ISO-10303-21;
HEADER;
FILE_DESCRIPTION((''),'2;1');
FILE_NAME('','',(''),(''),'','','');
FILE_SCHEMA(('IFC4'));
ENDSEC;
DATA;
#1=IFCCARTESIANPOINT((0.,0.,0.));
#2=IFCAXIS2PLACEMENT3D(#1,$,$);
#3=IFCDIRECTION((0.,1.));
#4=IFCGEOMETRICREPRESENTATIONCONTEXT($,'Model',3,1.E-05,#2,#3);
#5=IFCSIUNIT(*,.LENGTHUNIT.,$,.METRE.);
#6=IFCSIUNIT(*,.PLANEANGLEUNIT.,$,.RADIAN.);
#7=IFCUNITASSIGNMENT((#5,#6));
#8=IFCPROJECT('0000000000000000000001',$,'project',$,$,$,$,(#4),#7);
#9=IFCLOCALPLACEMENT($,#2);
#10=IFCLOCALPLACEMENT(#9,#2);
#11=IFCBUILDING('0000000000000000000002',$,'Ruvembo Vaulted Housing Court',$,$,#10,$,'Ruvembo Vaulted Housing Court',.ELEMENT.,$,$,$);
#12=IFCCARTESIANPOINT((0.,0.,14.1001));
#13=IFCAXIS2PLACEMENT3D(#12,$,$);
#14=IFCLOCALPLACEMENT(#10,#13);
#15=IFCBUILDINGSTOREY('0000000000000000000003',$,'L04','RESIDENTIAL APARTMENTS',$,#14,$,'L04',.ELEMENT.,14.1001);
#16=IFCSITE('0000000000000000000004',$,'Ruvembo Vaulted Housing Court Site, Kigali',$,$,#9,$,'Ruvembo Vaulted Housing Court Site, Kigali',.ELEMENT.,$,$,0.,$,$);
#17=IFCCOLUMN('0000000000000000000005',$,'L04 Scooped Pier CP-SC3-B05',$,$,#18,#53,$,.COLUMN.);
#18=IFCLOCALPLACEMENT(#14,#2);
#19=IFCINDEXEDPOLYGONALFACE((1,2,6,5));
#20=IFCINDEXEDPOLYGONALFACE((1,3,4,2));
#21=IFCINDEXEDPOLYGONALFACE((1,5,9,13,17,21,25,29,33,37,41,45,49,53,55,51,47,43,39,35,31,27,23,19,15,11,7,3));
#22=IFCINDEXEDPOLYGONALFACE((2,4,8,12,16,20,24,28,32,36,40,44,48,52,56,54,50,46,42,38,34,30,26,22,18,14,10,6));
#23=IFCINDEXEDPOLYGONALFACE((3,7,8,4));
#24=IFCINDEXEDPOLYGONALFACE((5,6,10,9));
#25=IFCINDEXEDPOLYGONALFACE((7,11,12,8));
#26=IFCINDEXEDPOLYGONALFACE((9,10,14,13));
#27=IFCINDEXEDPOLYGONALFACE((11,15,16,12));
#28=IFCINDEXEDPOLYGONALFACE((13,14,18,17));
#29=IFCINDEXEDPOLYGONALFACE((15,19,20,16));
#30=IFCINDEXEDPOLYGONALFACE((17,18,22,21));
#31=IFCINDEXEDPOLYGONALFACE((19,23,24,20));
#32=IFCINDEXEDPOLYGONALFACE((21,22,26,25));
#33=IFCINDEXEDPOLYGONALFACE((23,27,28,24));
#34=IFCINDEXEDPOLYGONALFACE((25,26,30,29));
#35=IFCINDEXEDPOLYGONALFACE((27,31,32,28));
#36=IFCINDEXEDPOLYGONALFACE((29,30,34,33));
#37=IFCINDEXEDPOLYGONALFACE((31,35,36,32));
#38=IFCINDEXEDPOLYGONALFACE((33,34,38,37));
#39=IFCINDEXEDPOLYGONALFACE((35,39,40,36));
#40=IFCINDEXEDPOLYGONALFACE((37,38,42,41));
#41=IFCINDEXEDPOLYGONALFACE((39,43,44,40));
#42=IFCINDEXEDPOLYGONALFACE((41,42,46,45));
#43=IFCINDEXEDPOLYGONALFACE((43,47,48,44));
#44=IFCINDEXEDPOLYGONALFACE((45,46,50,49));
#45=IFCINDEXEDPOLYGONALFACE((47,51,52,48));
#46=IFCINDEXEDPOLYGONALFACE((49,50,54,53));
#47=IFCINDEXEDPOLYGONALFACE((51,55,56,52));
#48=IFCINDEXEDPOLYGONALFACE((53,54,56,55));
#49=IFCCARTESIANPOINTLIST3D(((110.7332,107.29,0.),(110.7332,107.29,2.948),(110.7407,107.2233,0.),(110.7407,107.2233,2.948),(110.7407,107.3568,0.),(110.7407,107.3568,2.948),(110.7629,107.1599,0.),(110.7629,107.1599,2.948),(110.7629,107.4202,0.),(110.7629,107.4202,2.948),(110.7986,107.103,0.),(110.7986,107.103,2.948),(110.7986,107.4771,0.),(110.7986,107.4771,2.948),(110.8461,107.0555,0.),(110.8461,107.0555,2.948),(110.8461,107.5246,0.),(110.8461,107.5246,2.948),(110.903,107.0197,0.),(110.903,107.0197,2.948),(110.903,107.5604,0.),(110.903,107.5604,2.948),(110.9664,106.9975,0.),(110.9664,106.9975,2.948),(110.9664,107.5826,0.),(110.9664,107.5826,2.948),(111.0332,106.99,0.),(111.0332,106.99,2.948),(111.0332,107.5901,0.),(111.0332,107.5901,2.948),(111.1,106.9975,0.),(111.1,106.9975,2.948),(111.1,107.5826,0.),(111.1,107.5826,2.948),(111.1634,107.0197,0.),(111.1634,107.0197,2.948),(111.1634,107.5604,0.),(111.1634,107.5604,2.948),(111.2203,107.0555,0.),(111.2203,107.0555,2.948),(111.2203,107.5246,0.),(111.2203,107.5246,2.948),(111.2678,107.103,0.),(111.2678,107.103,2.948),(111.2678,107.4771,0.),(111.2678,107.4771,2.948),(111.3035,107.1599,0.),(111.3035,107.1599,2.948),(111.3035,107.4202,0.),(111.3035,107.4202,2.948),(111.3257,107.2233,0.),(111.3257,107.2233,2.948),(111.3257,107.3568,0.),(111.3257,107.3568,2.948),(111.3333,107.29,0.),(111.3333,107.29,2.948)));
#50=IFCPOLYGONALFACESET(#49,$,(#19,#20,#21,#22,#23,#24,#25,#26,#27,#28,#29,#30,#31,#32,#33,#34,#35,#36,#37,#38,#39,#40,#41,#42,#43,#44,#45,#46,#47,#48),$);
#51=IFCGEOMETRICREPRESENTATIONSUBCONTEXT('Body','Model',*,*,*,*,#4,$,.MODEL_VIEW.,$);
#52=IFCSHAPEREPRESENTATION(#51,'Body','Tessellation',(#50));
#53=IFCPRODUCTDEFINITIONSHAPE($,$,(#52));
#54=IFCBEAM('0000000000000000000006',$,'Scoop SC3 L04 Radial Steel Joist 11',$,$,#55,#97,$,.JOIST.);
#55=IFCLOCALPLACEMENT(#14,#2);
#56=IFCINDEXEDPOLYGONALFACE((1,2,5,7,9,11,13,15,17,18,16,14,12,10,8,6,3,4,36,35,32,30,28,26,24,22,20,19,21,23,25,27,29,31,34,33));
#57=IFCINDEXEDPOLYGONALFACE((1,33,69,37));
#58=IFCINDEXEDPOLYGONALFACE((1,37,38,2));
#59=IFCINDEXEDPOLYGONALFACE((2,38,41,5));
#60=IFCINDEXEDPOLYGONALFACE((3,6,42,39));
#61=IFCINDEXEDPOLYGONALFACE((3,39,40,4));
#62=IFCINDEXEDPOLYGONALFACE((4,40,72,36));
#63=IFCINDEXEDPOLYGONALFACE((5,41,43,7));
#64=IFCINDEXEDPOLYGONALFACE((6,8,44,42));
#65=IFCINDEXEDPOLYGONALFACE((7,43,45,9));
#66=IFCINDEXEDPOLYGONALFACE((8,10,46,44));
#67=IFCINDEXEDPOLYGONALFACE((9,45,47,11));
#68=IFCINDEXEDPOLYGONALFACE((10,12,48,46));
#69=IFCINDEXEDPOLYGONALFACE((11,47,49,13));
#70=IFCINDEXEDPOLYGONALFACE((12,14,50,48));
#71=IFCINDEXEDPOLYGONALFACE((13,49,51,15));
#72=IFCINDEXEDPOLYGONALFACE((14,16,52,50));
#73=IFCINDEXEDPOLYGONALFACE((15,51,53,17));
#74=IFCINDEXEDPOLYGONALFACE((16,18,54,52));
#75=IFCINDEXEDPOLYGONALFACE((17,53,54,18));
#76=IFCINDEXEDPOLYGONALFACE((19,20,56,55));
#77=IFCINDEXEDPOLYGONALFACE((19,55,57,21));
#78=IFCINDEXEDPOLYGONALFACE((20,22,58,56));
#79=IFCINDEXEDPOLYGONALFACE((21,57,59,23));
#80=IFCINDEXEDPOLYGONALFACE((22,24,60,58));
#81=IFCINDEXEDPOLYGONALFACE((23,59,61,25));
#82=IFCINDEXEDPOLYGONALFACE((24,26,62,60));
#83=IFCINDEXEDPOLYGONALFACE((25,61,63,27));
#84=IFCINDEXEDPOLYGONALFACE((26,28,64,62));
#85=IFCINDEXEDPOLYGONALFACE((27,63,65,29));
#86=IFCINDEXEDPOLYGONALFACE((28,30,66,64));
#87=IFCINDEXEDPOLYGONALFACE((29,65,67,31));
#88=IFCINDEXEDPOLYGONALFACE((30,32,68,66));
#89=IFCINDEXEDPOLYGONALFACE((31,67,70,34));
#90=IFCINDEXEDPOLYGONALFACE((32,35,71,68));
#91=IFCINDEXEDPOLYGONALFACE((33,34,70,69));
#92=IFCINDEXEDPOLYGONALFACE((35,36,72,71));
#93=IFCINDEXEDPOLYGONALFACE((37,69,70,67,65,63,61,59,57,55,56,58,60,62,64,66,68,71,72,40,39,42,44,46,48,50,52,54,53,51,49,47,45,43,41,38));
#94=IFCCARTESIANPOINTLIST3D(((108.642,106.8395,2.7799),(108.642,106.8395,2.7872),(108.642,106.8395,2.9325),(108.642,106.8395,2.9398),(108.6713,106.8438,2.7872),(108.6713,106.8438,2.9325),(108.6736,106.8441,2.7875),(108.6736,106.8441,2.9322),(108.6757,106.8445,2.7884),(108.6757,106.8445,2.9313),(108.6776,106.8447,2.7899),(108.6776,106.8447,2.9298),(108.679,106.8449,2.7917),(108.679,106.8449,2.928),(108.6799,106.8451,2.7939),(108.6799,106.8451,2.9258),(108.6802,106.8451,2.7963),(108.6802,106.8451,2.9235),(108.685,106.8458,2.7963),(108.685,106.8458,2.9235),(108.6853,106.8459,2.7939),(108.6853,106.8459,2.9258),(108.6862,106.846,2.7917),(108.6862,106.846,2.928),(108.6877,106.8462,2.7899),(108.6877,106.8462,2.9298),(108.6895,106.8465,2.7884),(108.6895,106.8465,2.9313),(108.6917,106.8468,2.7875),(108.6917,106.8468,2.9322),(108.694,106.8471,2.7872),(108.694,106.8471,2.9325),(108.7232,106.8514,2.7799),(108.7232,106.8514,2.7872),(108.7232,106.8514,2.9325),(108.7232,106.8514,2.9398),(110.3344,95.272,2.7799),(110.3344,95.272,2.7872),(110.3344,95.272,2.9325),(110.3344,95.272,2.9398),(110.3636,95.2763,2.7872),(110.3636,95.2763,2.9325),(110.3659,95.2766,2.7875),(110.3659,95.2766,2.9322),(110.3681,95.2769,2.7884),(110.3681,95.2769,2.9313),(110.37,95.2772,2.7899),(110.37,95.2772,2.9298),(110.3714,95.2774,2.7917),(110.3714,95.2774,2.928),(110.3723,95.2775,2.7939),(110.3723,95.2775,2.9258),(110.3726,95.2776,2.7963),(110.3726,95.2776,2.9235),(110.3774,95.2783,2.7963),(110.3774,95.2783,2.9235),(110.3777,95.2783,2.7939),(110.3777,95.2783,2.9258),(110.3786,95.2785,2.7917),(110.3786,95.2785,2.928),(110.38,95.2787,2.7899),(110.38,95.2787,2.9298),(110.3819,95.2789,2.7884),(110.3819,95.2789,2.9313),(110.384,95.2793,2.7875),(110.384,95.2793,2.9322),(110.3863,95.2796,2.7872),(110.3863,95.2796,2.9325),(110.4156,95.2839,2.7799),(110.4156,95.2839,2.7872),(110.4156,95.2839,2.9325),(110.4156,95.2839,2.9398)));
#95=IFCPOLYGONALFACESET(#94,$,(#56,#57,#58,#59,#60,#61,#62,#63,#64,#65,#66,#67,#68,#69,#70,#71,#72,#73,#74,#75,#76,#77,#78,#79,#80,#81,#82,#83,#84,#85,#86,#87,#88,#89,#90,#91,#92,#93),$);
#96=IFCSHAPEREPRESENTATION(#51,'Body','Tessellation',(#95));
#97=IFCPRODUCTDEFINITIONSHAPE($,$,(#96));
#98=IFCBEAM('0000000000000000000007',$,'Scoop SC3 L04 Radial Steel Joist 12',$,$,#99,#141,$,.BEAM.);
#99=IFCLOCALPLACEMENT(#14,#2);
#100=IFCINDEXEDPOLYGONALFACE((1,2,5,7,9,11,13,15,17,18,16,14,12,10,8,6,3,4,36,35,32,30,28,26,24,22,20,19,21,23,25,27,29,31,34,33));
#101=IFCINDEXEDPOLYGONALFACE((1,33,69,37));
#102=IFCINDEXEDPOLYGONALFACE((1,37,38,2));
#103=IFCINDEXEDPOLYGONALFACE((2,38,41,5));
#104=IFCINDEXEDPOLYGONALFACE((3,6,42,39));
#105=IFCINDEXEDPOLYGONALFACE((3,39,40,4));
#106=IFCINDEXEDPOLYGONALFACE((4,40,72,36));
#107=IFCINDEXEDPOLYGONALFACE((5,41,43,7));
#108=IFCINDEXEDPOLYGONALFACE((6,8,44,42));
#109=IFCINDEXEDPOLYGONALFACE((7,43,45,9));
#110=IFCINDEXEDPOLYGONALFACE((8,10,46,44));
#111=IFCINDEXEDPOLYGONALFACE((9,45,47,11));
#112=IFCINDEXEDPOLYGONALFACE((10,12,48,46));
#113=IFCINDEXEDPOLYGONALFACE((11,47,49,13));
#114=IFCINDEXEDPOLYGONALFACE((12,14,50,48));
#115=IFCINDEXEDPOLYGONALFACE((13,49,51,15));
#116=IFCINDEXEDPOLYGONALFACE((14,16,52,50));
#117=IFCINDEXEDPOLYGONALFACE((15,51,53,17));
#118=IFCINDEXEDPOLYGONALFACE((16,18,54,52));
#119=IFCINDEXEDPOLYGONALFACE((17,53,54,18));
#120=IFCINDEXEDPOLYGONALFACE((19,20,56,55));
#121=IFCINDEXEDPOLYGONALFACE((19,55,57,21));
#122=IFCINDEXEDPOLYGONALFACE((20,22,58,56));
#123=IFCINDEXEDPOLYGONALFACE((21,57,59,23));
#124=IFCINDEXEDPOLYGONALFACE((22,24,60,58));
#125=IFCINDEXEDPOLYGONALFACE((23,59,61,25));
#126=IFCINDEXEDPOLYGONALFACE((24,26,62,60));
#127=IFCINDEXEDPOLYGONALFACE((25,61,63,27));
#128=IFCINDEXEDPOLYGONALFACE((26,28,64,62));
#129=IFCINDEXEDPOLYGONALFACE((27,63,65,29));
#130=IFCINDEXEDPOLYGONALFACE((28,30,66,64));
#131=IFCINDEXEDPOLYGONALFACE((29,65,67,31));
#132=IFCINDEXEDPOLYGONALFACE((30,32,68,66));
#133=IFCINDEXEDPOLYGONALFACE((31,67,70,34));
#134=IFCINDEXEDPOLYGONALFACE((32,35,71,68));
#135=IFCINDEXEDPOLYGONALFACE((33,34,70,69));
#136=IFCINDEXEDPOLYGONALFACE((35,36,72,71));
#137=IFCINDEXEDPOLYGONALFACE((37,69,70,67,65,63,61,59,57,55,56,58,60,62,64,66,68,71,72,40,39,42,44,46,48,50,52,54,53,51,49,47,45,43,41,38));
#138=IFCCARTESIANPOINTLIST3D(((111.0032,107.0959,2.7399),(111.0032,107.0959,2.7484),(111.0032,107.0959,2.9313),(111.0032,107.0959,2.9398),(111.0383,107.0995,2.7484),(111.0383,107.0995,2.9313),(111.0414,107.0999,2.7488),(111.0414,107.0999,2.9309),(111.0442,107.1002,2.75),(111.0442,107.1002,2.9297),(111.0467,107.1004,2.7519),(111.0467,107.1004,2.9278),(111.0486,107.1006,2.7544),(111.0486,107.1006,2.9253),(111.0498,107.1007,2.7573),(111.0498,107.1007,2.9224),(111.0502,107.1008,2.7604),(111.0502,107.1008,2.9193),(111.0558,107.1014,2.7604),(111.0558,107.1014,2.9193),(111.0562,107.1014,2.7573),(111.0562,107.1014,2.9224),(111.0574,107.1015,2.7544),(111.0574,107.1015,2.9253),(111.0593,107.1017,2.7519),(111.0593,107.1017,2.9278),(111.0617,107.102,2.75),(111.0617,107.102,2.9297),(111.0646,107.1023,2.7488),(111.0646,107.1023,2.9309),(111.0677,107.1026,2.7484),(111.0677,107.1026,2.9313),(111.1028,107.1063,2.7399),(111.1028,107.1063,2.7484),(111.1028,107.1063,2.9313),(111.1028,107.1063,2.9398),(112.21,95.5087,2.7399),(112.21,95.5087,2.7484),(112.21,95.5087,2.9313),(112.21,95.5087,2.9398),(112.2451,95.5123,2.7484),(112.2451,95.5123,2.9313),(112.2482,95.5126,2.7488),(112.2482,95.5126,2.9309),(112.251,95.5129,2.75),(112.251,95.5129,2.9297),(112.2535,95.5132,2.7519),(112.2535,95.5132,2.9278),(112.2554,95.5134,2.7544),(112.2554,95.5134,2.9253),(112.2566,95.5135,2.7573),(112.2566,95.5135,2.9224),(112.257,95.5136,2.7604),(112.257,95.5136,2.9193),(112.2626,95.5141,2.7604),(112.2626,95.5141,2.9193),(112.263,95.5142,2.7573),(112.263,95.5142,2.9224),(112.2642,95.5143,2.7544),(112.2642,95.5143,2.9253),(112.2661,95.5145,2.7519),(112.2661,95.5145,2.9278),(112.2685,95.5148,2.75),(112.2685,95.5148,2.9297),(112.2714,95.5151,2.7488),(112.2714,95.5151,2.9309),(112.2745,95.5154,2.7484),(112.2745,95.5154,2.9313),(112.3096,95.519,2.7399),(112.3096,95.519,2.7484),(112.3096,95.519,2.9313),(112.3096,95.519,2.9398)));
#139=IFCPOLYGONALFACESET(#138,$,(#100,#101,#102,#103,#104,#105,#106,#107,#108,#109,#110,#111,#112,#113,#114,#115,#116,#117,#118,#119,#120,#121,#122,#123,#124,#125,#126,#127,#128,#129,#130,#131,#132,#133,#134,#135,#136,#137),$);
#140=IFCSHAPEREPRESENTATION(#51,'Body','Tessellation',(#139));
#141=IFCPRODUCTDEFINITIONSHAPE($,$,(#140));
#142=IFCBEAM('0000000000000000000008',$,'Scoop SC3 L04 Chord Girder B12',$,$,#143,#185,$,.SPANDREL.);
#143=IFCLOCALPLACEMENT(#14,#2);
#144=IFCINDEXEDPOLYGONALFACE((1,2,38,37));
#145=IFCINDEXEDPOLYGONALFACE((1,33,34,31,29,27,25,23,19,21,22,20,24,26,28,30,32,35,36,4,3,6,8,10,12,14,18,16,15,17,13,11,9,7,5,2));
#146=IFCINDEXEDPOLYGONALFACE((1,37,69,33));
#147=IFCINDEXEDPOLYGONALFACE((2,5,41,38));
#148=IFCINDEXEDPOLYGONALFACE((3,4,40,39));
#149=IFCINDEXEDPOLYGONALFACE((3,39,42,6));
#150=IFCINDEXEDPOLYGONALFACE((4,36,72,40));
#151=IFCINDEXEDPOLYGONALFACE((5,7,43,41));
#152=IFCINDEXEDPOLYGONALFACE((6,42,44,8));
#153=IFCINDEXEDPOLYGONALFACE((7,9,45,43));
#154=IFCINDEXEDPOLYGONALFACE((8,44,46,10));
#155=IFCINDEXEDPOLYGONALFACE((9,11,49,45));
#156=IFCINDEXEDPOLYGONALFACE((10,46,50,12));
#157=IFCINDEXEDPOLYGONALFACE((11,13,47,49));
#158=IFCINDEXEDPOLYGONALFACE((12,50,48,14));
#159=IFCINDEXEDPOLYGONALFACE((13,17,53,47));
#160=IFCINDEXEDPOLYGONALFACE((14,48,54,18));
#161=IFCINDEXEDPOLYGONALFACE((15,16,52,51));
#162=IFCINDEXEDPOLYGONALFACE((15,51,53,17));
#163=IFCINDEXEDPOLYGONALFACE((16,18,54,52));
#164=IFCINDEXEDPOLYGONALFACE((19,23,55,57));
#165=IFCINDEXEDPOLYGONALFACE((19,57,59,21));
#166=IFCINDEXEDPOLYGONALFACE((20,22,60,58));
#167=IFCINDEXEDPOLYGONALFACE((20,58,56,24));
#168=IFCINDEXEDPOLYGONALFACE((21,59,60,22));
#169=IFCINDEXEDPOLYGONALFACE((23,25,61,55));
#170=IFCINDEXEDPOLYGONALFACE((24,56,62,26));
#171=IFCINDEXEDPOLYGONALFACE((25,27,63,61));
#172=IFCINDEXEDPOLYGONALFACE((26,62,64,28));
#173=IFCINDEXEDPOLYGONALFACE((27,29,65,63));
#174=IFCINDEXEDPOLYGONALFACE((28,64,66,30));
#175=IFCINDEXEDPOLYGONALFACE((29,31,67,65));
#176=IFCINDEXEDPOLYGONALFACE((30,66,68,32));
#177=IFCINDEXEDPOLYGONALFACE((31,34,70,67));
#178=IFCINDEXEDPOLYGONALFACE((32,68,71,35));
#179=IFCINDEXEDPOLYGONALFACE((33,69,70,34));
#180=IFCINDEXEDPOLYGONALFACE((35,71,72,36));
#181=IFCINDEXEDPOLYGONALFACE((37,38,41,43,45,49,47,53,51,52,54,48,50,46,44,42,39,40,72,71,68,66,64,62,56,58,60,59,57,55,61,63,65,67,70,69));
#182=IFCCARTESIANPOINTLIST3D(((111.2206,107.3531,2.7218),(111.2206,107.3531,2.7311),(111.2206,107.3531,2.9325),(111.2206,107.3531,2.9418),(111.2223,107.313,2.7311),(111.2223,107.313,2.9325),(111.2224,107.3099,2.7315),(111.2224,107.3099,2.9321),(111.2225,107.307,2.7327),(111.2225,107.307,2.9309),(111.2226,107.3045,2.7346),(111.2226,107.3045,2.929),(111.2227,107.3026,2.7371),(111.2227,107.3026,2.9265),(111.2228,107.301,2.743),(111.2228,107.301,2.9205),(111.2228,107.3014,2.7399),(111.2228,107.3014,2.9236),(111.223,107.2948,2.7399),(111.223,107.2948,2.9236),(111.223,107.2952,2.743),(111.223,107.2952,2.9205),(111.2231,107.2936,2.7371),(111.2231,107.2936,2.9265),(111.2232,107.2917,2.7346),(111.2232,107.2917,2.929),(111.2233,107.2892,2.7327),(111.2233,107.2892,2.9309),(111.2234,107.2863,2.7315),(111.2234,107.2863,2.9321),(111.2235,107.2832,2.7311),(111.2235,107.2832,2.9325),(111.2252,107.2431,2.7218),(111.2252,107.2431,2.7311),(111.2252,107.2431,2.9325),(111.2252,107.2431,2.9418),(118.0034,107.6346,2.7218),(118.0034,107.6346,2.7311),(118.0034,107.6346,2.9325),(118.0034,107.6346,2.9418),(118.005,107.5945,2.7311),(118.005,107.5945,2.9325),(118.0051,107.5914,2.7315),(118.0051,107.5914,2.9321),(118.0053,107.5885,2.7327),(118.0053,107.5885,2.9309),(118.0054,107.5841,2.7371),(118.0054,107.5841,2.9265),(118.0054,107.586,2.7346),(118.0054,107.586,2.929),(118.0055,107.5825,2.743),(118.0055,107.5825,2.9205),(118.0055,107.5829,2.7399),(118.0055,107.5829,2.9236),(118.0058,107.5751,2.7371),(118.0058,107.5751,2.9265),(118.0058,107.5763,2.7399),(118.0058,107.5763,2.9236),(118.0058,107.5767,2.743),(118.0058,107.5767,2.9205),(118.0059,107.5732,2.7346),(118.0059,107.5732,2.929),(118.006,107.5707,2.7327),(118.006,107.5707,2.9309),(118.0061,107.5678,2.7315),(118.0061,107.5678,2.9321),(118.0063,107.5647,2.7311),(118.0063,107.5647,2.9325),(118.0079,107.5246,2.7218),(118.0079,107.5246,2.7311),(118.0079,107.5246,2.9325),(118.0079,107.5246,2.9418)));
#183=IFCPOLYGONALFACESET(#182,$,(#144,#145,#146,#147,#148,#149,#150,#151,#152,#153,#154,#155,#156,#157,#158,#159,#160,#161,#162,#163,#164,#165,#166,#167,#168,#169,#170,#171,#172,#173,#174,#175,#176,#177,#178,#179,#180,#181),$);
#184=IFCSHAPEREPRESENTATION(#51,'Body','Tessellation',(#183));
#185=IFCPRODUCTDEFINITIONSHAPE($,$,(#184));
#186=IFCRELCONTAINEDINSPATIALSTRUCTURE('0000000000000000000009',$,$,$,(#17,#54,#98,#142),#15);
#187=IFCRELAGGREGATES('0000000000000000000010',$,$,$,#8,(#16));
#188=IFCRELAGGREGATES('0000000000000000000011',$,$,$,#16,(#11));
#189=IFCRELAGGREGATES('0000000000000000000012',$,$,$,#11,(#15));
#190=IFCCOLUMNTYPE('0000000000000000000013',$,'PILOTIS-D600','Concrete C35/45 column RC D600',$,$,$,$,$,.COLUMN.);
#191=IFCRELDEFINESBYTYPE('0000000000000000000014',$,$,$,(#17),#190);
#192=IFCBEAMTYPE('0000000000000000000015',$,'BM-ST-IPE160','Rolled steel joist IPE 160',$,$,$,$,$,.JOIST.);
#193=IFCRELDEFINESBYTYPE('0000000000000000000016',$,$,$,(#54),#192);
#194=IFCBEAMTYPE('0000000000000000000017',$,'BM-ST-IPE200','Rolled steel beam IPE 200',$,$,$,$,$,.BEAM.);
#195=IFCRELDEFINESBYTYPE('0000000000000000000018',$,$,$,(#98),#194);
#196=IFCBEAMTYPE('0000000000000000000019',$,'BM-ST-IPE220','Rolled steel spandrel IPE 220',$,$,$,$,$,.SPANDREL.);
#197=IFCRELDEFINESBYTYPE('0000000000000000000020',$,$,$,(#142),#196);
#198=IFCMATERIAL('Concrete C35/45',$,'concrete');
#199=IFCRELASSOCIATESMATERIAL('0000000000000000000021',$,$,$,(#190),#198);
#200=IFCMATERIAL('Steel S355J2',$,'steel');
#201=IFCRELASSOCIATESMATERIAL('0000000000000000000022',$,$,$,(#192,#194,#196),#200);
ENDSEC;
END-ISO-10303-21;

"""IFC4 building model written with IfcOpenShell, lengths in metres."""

from ifc_helpers import new_model, si_unit, direction, frame, origin, origin_2d, place, context, subcontext, project, spatial, circle, i_section, extrude, material, material_profile, profile_set, type_object, element, save


model = new_model("IFC4")

# Units and contexts
model_context = context("Model", 3, precision=1e-05, world=origin(), true_north=direction((0.0, 1.0)))
body_context = subcontext(model_context, "Body", "Model", "MODEL_VIEW")
ifc_project = project(units=[si_unit("LENGTHUNIT", "METRE"), si_unit("PLANEANGLEUNIT", "RADIAN")], contexts=[model_context])

# Site, building, storey
site_placement = place(None, origin())
site = spatial("IfcSite", under=ifc_project, at=site_placement, Name="Ruvembo Vaulted Housing Court Site, Kigali", LongName="Ruvembo Vaulted Housing Court Site, Kigali", CompositionType="ELEMENT", RefElevation=0.0)
building_placement = place(site_placement, origin())
building = spatial("IfcBuilding", under=site, at=building_placement, Name="Ruvembo Vaulted Housing Court", LongName="Ruvembo Vaulted Housing Court", CompositionType="ELEMENT")
storey_placement = place(building_placement, frame((0.0, 0.0, 14.1001)))
storey = spatial("IfcBuildingStorey", under=building, at=storey_placement, Name="L04", Description="RESIDENTIAL APARTMENTS", LongName="L04", CompositionType="ELEMENT", Elevation=14.1001)

# Column
ifc_material_1 = material(Name="Concrete C35/45", Category="concrete")
ifc_material_profile_1 = material_profile(ifc_material_1, circle(Radius=0.3, at=origin_2d()), Name="RC D600")
ifc_profile_set_1 = profile_set([ifc_material_profile_1], Name="Concrete C35/45")
column_type = type_object("IfcColumnType", Name="PILOTIS-D600", Description="Concrete C35/45 column RC D600", PredefinedType="COLUMN", material=ifc_profile_set_1)
column_placement = place(storey_placement, frame((111.0332, 107.29, 0.0), z_axis=(0.0, 0.0, 1.0), x_axis=(1.0, 0.0, 0.0)))
element("IfcColumn", 1, at=column_placement, inside=storey, type_object=column_type, Name="L04 Scooped Pier CP-SC3-B05", PredefinedType="COLUMN", context=body_context, shape_type="SweptSolid", body=[
    extrude(circle(Radius=0.3, at=origin_2d()), origin(), (0.0, 0.0, 1.0), 2.948),
])

# Beams
ifc_material_2 = material(Name="Steel S355J2", Category="steel")
ifc_material_profile_2 = material_profile(ifc_material_2, i_section(OverallWidth=0.082, OverallDepth=0.1599, WebThickness=0.0049, FlangeThickness=0.0073, FilletRadius=0.009, at=origin_2d()), Name="IPE 160")
ifc_profile_set_2 = profile_set([ifc_material_profile_2], Name="Steel S355J2")
beam_type_1 = type_object("IfcBeamType", Name="BM-ST-IPE160", Description="Rolled steel joist IPE 160", PredefinedType="JOIST", material=ifc_profile_set_2)
beam_1_placement = place(storey_placement, frame((108.6826, 106.8455, 2.8599), z_axis=(0.144762, -0.989466, 0.0), x_axis=(0.989466, 0.144762, 0.0)))
element("IfcBeam", 2, at=beam_1_placement, inside=storey, type_object=beam_type_1, Name="Scoop SC3 L04 Radial Steel Joist 11", PredefinedType="JOIST", context=body_context, shape_type="SweptSolid", body=[
    extrude(i_section(OverallWidth=0.082, OverallDepth=0.1599, WebThickness=0.0049, FlangeThickness=0.0073, FilletRadius=0.009, at=origin_2d()), origin(), (0.0, 0.0, 1.0), 11.6907),
])
ifc_material_profile_3 = material_profile(ifc_material_2, i_section(OverallWidth=0.1001, OverallDepth=0.2, WebThickness=0.0056, FlangeThickness=0.0085, FilletRadius=0.012, at=origin_2d()), Name="IPE 200")
ifc_profile_set_3 = profile_set([ifc_material_profile_3], Name="Steel S355J2")
beam_type_2 = type_object("IfcBeamType", Name="BM-ST-IPE200", Description="Rolled steel beam IPE 200", PredefinedType="BEAM", material=ifc_profile_set_3)
beam_2_placement = place(storey_placement, frame((111.053, 107.1011, 2.8398), z_axis=(0.103588, -0.99462, 0.0), x_axis=(0.99462, 0.103588, 0.0)))
element("IfcBeam", 3, at=beam_2_placement, inside=storey, type_object=beam_type_2, Name="Scoop SC3 L04 Radial Steel Joist 12", PredefinedType="BEAM", context=body_context, shape_type="SweptSolid", body=[
    extrude(i_section(OverallWidth=0.1001, OverallDepth=0.2, WebThickness=0.0056, FlangeThickness=0.0085, FilletRadius=0.012, at=origin_2d()), origin(), (0.0, 0.0, 1.0), 11.6499),
])
ifc_material_profile_4 = material_profile(ifc_material_2, i_section(OverallWidth=0.1101, OverallDepth=0.22, WebThickness=0.0059, FlangeThickness=0.0093, FilletRadius=0.012, at=origin_2d()), Name="IPE 220")
ifc_profile_set_4 = profile_set([ifc_material_profile_4], Name="Steel S355J2")
beam_type_3 = type_object("IfcBeamType", Name="BM-ST-IPE220", Description="Rolled steel spandrel IPE 220", PredefinedType="SPANDREL", material=ifc_profile_set_4)
beam_3_placement = place(storey_placement, frame((111.2229, 107.2981, 2.8318), z_axis=(0.99914, 0.041466, 0.0), x_axis=(-0.041466, 0.99914, 0.0)))
element("IfcBeam", 4, at=beam_3_placement, inside=storey, type_object=beam_type_3, Name="Scoop SC3 L04 Chord Girder B12", PredefinedType="SPANDREL", context=body_context, shape_type="SweptSolid", body=[
    extrude(i_section(OverallWidth=0.1101, OverallDepth=0.22, WebThickness=0.0059, FlangeThickness=0.0093, FilletRadius=0.012, at=origin_2d()), origin(), (0.0, 0.0, 1.0), 6.7886),
])

save(model, "model.ifc")
